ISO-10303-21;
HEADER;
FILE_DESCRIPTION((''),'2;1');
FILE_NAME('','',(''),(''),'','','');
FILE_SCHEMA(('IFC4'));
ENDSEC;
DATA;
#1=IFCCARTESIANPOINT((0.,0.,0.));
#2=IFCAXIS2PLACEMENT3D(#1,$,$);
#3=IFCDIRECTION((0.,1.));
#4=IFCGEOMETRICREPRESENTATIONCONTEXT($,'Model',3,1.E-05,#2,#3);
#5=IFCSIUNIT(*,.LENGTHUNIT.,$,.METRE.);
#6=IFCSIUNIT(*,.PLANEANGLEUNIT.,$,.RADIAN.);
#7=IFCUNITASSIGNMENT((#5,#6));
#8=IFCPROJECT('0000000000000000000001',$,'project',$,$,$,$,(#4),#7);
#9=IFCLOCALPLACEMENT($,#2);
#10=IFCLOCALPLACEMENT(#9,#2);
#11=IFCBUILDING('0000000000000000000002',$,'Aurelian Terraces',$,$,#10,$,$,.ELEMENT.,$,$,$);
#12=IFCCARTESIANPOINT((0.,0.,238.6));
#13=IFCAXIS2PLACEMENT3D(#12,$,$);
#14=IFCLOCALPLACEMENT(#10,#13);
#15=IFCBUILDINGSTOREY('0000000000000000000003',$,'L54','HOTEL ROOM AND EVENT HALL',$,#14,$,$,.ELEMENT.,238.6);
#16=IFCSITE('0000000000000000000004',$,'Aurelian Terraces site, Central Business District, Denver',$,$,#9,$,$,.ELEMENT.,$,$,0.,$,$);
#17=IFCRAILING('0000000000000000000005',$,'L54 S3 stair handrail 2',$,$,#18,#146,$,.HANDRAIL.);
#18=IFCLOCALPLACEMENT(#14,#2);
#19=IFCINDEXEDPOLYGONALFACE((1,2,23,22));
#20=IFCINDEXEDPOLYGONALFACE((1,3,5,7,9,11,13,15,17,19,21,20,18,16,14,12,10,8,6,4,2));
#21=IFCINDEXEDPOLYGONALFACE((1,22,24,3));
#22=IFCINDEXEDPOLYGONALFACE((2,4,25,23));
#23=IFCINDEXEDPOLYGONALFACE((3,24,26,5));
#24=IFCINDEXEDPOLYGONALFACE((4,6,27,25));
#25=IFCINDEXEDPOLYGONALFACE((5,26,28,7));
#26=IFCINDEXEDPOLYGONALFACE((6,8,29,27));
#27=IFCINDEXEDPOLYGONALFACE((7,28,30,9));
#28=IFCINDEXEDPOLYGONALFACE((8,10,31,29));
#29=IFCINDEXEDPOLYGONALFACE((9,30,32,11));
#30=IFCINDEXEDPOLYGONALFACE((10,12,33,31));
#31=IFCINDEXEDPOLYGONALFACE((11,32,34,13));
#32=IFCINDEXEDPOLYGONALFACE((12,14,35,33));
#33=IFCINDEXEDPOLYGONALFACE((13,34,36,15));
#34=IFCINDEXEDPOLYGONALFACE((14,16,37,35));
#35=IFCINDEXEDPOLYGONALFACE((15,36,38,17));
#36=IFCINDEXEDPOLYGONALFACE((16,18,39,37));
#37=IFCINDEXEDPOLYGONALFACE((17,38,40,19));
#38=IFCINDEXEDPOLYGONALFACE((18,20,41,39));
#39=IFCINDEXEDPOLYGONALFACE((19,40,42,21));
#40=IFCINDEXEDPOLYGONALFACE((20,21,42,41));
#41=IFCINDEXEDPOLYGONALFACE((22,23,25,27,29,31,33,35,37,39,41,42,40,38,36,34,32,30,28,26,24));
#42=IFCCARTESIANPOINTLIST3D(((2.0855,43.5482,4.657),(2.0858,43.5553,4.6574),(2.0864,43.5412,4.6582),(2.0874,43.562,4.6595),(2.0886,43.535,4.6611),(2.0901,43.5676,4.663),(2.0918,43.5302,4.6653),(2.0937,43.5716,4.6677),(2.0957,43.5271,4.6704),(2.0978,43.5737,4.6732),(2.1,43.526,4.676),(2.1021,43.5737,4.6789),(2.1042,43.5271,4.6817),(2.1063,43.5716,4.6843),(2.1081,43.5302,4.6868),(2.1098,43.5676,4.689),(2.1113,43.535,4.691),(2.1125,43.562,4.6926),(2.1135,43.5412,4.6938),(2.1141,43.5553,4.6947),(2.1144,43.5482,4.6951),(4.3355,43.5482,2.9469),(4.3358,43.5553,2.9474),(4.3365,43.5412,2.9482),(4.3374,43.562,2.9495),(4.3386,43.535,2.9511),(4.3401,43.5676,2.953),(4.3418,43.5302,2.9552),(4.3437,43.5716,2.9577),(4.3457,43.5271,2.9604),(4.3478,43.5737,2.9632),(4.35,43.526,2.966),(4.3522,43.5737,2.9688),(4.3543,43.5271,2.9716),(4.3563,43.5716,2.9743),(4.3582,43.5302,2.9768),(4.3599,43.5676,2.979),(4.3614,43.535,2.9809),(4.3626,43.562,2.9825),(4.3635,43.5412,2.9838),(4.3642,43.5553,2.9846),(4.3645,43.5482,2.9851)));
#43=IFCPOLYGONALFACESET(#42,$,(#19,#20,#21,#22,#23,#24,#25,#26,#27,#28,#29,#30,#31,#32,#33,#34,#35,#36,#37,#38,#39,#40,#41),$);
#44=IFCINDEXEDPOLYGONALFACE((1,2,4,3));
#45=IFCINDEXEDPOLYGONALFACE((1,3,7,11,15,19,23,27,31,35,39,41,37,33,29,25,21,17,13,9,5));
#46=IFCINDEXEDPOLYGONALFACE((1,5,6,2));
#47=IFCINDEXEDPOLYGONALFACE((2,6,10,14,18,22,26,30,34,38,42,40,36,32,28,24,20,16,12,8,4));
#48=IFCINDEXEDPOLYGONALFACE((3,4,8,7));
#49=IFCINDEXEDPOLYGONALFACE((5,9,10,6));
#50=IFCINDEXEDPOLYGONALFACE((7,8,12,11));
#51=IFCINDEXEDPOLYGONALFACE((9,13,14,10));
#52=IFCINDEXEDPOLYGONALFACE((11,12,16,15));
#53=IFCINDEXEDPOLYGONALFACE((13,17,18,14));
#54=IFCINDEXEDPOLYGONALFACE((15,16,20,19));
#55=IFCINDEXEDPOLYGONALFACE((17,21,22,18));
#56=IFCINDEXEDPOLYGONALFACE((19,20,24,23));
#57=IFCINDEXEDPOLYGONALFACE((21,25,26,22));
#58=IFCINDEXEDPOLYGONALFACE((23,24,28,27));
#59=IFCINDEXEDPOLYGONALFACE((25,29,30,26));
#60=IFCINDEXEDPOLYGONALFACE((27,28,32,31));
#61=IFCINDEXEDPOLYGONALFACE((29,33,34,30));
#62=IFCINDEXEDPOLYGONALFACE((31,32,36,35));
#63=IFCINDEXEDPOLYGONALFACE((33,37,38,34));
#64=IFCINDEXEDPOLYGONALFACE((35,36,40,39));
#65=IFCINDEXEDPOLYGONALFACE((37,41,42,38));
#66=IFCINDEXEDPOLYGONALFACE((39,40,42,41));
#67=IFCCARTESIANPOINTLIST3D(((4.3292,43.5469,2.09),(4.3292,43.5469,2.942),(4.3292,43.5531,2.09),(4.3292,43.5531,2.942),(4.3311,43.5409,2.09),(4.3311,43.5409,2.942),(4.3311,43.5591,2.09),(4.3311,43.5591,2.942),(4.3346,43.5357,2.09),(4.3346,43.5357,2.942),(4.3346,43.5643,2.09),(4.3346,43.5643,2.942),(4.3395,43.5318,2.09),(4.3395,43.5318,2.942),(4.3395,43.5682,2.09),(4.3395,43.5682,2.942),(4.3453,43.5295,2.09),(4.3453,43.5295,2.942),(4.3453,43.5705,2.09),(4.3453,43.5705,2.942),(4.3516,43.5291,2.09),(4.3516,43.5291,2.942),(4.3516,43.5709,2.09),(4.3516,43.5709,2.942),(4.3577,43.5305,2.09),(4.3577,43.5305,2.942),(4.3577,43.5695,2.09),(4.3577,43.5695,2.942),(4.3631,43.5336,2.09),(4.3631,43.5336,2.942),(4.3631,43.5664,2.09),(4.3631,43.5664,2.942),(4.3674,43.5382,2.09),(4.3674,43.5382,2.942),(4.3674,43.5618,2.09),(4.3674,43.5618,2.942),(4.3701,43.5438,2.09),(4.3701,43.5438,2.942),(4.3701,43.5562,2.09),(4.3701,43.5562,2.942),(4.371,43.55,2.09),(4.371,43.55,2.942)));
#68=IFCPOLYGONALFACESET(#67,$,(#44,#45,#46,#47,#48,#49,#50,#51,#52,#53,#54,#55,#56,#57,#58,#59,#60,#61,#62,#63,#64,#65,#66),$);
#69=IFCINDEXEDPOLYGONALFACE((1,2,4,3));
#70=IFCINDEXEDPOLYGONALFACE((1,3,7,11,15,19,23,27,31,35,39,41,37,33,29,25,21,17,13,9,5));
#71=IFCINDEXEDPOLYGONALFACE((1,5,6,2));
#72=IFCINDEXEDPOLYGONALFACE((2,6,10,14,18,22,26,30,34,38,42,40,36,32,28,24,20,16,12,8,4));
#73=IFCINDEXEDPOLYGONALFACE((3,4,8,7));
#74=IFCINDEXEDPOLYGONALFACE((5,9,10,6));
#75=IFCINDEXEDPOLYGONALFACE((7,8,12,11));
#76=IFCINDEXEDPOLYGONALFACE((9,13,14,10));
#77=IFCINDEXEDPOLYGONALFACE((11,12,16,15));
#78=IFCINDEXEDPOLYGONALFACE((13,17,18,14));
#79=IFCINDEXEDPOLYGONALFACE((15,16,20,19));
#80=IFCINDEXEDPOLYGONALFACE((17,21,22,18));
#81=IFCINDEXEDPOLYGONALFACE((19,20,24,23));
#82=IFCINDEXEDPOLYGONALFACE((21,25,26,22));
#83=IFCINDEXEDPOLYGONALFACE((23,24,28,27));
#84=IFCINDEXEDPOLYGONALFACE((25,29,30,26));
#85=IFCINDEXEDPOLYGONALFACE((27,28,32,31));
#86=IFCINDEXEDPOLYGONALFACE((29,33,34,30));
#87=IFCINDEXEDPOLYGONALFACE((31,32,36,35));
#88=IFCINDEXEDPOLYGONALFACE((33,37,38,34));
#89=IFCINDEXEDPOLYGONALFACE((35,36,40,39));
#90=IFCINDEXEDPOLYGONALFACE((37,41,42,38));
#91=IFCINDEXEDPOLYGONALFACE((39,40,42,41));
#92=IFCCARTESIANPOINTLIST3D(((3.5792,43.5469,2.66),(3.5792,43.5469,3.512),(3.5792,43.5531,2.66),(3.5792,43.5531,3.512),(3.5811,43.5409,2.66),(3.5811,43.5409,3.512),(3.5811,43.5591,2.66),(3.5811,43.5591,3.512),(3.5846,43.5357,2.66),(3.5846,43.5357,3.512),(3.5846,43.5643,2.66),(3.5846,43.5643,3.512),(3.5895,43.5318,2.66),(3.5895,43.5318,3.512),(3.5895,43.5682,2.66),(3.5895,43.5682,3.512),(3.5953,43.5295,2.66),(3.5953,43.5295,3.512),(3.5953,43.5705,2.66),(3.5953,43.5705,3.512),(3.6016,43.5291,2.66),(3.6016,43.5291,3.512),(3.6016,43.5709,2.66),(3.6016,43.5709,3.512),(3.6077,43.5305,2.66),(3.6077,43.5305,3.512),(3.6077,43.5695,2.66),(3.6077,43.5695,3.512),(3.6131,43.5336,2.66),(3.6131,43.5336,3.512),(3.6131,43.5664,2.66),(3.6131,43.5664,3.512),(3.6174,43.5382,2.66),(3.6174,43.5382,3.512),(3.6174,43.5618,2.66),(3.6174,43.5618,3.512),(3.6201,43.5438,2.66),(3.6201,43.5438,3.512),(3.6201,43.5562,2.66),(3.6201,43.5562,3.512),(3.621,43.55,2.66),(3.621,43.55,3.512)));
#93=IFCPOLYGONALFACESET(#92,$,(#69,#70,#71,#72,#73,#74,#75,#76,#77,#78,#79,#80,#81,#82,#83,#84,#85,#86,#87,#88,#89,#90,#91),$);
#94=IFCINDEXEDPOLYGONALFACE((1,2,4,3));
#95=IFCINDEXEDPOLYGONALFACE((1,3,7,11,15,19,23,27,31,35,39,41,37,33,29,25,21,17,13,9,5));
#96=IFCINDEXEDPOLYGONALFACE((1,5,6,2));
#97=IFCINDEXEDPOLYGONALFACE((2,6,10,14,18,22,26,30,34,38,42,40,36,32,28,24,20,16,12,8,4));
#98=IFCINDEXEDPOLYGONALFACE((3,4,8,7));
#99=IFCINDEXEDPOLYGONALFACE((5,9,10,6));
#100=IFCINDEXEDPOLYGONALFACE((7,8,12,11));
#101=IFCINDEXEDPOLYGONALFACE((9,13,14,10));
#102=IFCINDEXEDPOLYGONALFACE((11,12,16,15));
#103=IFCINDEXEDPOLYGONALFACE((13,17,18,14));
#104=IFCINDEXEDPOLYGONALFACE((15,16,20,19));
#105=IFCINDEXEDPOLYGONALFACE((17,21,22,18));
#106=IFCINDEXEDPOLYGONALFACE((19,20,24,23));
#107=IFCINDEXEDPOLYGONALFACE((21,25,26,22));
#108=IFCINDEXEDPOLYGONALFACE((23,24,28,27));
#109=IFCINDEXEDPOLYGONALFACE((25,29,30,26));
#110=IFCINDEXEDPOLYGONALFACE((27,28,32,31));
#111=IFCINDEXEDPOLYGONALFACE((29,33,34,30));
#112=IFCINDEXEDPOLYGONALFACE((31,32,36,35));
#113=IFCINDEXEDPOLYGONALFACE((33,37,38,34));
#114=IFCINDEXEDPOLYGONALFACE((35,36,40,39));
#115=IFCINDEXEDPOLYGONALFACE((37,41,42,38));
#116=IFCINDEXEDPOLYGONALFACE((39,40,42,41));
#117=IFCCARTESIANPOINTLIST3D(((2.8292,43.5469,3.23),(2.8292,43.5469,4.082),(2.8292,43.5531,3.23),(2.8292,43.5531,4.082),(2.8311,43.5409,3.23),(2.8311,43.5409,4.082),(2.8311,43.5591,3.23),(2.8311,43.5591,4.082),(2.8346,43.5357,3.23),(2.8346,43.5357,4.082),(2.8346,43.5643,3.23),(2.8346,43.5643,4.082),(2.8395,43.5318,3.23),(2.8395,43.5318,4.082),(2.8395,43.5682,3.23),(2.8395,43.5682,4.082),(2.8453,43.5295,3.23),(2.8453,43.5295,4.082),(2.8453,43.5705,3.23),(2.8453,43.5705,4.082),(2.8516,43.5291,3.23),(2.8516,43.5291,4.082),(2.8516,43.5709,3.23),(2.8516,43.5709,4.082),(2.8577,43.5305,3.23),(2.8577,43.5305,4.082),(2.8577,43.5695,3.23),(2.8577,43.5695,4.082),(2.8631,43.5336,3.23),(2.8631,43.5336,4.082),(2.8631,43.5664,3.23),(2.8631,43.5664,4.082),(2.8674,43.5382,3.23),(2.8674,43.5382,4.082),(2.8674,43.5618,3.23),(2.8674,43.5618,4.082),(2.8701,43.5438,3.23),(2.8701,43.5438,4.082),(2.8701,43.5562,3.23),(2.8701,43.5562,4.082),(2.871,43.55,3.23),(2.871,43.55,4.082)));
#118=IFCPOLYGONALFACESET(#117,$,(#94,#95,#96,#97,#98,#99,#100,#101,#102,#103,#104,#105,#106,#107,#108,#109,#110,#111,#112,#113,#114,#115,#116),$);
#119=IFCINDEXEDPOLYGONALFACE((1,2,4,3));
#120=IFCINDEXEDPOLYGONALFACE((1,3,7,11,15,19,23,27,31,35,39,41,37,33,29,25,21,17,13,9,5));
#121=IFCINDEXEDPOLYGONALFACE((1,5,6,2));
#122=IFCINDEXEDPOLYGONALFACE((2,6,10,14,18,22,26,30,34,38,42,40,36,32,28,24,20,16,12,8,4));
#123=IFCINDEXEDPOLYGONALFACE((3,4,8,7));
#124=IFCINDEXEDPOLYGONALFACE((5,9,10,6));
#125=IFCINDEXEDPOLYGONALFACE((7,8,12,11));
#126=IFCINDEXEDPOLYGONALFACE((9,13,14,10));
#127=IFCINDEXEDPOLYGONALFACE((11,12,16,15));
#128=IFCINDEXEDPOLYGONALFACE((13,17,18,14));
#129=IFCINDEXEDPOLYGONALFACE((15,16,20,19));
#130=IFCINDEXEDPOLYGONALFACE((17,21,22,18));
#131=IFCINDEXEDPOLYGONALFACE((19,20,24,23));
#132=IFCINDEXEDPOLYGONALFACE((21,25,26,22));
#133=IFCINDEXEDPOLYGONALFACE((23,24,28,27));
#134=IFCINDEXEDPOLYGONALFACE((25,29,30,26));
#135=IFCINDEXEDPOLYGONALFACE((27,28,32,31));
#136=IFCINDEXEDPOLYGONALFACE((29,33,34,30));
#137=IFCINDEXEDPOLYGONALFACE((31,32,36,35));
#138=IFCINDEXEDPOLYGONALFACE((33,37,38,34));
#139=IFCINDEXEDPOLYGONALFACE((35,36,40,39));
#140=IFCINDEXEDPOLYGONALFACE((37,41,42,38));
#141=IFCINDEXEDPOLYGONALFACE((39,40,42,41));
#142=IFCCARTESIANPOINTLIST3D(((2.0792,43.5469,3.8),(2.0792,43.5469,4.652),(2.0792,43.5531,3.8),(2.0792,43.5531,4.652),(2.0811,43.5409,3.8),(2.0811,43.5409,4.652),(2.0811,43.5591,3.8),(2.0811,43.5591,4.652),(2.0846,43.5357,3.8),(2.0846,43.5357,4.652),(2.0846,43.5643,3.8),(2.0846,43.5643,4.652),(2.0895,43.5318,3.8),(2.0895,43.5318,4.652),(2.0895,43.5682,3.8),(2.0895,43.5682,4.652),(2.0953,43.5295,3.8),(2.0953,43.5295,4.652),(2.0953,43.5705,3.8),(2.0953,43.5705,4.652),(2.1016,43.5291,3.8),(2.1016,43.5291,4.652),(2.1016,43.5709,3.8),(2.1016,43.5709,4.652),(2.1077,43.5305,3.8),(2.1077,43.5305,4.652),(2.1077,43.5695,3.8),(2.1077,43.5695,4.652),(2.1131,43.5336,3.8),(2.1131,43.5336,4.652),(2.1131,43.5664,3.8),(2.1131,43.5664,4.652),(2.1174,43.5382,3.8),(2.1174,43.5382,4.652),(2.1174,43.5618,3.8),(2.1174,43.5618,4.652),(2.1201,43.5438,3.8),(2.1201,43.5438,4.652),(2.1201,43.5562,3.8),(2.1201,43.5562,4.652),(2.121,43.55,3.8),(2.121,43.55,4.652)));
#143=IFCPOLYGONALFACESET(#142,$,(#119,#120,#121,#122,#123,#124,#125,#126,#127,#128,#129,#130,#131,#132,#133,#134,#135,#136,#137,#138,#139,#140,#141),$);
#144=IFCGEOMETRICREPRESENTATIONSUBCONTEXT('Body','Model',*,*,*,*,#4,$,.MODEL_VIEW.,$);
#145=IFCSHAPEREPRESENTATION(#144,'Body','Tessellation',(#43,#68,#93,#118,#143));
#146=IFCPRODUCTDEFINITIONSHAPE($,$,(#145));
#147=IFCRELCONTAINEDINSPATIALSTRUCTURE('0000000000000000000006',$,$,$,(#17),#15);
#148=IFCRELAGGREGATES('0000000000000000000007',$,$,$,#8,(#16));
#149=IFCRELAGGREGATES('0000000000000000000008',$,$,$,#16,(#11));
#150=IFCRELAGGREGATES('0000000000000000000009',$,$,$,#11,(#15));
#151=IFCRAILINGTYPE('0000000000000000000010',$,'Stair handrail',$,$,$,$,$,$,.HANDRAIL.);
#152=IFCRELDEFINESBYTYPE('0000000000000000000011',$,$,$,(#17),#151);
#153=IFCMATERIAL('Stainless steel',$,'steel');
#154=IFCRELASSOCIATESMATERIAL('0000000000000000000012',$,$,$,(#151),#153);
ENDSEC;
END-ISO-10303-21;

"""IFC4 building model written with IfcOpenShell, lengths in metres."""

from ifc_helpers import new_model, si_unit, direction, frame, origin, origin_2d, place, context, subcontext, project, spatial, circle, extrude, source, transform, mapped, material, type_object, element, save


model = new_model("IFC4")

# Units and contexts
model_context = context("Model", 3, precision=1e-05, world=origin(), true_north=direction((0.0, 1.0)))
body_context = subcontext(model_context, "Body", "Model", "MODEL_VIEW")
ifc_project = project(units=[si_unit("LENGTHUNIT", "METRE"), si_unit("PLANEANGLEUNIT", "RADIAN")], contexts=[model_context])

# Site, building, storey
site_placement = place(None, origin())
site = spatial("IfcSite", under=ifc_project, at=site_placement, Name="Aurelian Terraces site, Central Business District, Denver", CompositionType="ELEMENT", RefElevation=0.0)
building_placement = place(site_placement, origin())
building = spatial("IfcBuilding", under=site, at=building_placement, Name="Aurelian Terraces", CompositionType="ELEMENT")
storey_placement = place(building_placement, frame((0.0, 0.0, 238.6)))
storey = spatial("IfcBuildingStorey", under=building, at=storey_placement, Name="L54", Description="HOTEL ROOM AND EVENT HALL", CompositionType="ELEMENT", Elevation=238.6)

# Railing
ifc_material_1 = material(Name="Stainless steel", Category="steel")
railing_type_1 = type_object("IfcRailingType", Name="Stair handrail", PredefinedType="HANDRAIL", material=ifc_material_1)
shared_shape_1 = source(origin(), body_context, "Body", "SweptSolid", [
    extrude(circle(Radius=0.024, at=origin_2d()), frame((0.0, 0.0, 0.876), z_axis=(-0.796162, 0.0, 0.605083), x_axis=(0.0, -1.0, 0.0)), (0.0, 0.0, 1.0), 2.8261),
    extrude(circle(Radius=0.021, at=origin_2d()), origin(), (0.0, 0.0, 1.0), 0.852),
    extrude(circle(Radius=0.021, at=origin_2d()), frame((-0.75, 0.0, 0.57)), (0.0, 0.0, 1.0), 0.852),
    extrude(circle(Radius=0.021, at=origin_2d()), frame((-1.5, 0.0, 1.14)), (0.0, 0.0, 1.0), 0.852),
    extrude(circle(Radius=0.021, at=origin_2d()), frame((-2.25, 0.0, 1.71)), (0.0, 0.0, 1.0), 0.852),
])
railing_1_placement = place(storey_placement, frame((4.35, 43.55, 2.09)))
element("IfcRailing", 1, at=railing_1_placement, inside=storey, type_object=railing_type_1, Name="L54 S3 stair handrail 2", PredefinedType="HANDRAIL", context=body_context, shape_type="MappedRepresentation", body=[
    mapped(shared_shape_1, transform((0.0, 0.0, 0.0), scale=1.0)),
])

save(model, "model.ifc")
